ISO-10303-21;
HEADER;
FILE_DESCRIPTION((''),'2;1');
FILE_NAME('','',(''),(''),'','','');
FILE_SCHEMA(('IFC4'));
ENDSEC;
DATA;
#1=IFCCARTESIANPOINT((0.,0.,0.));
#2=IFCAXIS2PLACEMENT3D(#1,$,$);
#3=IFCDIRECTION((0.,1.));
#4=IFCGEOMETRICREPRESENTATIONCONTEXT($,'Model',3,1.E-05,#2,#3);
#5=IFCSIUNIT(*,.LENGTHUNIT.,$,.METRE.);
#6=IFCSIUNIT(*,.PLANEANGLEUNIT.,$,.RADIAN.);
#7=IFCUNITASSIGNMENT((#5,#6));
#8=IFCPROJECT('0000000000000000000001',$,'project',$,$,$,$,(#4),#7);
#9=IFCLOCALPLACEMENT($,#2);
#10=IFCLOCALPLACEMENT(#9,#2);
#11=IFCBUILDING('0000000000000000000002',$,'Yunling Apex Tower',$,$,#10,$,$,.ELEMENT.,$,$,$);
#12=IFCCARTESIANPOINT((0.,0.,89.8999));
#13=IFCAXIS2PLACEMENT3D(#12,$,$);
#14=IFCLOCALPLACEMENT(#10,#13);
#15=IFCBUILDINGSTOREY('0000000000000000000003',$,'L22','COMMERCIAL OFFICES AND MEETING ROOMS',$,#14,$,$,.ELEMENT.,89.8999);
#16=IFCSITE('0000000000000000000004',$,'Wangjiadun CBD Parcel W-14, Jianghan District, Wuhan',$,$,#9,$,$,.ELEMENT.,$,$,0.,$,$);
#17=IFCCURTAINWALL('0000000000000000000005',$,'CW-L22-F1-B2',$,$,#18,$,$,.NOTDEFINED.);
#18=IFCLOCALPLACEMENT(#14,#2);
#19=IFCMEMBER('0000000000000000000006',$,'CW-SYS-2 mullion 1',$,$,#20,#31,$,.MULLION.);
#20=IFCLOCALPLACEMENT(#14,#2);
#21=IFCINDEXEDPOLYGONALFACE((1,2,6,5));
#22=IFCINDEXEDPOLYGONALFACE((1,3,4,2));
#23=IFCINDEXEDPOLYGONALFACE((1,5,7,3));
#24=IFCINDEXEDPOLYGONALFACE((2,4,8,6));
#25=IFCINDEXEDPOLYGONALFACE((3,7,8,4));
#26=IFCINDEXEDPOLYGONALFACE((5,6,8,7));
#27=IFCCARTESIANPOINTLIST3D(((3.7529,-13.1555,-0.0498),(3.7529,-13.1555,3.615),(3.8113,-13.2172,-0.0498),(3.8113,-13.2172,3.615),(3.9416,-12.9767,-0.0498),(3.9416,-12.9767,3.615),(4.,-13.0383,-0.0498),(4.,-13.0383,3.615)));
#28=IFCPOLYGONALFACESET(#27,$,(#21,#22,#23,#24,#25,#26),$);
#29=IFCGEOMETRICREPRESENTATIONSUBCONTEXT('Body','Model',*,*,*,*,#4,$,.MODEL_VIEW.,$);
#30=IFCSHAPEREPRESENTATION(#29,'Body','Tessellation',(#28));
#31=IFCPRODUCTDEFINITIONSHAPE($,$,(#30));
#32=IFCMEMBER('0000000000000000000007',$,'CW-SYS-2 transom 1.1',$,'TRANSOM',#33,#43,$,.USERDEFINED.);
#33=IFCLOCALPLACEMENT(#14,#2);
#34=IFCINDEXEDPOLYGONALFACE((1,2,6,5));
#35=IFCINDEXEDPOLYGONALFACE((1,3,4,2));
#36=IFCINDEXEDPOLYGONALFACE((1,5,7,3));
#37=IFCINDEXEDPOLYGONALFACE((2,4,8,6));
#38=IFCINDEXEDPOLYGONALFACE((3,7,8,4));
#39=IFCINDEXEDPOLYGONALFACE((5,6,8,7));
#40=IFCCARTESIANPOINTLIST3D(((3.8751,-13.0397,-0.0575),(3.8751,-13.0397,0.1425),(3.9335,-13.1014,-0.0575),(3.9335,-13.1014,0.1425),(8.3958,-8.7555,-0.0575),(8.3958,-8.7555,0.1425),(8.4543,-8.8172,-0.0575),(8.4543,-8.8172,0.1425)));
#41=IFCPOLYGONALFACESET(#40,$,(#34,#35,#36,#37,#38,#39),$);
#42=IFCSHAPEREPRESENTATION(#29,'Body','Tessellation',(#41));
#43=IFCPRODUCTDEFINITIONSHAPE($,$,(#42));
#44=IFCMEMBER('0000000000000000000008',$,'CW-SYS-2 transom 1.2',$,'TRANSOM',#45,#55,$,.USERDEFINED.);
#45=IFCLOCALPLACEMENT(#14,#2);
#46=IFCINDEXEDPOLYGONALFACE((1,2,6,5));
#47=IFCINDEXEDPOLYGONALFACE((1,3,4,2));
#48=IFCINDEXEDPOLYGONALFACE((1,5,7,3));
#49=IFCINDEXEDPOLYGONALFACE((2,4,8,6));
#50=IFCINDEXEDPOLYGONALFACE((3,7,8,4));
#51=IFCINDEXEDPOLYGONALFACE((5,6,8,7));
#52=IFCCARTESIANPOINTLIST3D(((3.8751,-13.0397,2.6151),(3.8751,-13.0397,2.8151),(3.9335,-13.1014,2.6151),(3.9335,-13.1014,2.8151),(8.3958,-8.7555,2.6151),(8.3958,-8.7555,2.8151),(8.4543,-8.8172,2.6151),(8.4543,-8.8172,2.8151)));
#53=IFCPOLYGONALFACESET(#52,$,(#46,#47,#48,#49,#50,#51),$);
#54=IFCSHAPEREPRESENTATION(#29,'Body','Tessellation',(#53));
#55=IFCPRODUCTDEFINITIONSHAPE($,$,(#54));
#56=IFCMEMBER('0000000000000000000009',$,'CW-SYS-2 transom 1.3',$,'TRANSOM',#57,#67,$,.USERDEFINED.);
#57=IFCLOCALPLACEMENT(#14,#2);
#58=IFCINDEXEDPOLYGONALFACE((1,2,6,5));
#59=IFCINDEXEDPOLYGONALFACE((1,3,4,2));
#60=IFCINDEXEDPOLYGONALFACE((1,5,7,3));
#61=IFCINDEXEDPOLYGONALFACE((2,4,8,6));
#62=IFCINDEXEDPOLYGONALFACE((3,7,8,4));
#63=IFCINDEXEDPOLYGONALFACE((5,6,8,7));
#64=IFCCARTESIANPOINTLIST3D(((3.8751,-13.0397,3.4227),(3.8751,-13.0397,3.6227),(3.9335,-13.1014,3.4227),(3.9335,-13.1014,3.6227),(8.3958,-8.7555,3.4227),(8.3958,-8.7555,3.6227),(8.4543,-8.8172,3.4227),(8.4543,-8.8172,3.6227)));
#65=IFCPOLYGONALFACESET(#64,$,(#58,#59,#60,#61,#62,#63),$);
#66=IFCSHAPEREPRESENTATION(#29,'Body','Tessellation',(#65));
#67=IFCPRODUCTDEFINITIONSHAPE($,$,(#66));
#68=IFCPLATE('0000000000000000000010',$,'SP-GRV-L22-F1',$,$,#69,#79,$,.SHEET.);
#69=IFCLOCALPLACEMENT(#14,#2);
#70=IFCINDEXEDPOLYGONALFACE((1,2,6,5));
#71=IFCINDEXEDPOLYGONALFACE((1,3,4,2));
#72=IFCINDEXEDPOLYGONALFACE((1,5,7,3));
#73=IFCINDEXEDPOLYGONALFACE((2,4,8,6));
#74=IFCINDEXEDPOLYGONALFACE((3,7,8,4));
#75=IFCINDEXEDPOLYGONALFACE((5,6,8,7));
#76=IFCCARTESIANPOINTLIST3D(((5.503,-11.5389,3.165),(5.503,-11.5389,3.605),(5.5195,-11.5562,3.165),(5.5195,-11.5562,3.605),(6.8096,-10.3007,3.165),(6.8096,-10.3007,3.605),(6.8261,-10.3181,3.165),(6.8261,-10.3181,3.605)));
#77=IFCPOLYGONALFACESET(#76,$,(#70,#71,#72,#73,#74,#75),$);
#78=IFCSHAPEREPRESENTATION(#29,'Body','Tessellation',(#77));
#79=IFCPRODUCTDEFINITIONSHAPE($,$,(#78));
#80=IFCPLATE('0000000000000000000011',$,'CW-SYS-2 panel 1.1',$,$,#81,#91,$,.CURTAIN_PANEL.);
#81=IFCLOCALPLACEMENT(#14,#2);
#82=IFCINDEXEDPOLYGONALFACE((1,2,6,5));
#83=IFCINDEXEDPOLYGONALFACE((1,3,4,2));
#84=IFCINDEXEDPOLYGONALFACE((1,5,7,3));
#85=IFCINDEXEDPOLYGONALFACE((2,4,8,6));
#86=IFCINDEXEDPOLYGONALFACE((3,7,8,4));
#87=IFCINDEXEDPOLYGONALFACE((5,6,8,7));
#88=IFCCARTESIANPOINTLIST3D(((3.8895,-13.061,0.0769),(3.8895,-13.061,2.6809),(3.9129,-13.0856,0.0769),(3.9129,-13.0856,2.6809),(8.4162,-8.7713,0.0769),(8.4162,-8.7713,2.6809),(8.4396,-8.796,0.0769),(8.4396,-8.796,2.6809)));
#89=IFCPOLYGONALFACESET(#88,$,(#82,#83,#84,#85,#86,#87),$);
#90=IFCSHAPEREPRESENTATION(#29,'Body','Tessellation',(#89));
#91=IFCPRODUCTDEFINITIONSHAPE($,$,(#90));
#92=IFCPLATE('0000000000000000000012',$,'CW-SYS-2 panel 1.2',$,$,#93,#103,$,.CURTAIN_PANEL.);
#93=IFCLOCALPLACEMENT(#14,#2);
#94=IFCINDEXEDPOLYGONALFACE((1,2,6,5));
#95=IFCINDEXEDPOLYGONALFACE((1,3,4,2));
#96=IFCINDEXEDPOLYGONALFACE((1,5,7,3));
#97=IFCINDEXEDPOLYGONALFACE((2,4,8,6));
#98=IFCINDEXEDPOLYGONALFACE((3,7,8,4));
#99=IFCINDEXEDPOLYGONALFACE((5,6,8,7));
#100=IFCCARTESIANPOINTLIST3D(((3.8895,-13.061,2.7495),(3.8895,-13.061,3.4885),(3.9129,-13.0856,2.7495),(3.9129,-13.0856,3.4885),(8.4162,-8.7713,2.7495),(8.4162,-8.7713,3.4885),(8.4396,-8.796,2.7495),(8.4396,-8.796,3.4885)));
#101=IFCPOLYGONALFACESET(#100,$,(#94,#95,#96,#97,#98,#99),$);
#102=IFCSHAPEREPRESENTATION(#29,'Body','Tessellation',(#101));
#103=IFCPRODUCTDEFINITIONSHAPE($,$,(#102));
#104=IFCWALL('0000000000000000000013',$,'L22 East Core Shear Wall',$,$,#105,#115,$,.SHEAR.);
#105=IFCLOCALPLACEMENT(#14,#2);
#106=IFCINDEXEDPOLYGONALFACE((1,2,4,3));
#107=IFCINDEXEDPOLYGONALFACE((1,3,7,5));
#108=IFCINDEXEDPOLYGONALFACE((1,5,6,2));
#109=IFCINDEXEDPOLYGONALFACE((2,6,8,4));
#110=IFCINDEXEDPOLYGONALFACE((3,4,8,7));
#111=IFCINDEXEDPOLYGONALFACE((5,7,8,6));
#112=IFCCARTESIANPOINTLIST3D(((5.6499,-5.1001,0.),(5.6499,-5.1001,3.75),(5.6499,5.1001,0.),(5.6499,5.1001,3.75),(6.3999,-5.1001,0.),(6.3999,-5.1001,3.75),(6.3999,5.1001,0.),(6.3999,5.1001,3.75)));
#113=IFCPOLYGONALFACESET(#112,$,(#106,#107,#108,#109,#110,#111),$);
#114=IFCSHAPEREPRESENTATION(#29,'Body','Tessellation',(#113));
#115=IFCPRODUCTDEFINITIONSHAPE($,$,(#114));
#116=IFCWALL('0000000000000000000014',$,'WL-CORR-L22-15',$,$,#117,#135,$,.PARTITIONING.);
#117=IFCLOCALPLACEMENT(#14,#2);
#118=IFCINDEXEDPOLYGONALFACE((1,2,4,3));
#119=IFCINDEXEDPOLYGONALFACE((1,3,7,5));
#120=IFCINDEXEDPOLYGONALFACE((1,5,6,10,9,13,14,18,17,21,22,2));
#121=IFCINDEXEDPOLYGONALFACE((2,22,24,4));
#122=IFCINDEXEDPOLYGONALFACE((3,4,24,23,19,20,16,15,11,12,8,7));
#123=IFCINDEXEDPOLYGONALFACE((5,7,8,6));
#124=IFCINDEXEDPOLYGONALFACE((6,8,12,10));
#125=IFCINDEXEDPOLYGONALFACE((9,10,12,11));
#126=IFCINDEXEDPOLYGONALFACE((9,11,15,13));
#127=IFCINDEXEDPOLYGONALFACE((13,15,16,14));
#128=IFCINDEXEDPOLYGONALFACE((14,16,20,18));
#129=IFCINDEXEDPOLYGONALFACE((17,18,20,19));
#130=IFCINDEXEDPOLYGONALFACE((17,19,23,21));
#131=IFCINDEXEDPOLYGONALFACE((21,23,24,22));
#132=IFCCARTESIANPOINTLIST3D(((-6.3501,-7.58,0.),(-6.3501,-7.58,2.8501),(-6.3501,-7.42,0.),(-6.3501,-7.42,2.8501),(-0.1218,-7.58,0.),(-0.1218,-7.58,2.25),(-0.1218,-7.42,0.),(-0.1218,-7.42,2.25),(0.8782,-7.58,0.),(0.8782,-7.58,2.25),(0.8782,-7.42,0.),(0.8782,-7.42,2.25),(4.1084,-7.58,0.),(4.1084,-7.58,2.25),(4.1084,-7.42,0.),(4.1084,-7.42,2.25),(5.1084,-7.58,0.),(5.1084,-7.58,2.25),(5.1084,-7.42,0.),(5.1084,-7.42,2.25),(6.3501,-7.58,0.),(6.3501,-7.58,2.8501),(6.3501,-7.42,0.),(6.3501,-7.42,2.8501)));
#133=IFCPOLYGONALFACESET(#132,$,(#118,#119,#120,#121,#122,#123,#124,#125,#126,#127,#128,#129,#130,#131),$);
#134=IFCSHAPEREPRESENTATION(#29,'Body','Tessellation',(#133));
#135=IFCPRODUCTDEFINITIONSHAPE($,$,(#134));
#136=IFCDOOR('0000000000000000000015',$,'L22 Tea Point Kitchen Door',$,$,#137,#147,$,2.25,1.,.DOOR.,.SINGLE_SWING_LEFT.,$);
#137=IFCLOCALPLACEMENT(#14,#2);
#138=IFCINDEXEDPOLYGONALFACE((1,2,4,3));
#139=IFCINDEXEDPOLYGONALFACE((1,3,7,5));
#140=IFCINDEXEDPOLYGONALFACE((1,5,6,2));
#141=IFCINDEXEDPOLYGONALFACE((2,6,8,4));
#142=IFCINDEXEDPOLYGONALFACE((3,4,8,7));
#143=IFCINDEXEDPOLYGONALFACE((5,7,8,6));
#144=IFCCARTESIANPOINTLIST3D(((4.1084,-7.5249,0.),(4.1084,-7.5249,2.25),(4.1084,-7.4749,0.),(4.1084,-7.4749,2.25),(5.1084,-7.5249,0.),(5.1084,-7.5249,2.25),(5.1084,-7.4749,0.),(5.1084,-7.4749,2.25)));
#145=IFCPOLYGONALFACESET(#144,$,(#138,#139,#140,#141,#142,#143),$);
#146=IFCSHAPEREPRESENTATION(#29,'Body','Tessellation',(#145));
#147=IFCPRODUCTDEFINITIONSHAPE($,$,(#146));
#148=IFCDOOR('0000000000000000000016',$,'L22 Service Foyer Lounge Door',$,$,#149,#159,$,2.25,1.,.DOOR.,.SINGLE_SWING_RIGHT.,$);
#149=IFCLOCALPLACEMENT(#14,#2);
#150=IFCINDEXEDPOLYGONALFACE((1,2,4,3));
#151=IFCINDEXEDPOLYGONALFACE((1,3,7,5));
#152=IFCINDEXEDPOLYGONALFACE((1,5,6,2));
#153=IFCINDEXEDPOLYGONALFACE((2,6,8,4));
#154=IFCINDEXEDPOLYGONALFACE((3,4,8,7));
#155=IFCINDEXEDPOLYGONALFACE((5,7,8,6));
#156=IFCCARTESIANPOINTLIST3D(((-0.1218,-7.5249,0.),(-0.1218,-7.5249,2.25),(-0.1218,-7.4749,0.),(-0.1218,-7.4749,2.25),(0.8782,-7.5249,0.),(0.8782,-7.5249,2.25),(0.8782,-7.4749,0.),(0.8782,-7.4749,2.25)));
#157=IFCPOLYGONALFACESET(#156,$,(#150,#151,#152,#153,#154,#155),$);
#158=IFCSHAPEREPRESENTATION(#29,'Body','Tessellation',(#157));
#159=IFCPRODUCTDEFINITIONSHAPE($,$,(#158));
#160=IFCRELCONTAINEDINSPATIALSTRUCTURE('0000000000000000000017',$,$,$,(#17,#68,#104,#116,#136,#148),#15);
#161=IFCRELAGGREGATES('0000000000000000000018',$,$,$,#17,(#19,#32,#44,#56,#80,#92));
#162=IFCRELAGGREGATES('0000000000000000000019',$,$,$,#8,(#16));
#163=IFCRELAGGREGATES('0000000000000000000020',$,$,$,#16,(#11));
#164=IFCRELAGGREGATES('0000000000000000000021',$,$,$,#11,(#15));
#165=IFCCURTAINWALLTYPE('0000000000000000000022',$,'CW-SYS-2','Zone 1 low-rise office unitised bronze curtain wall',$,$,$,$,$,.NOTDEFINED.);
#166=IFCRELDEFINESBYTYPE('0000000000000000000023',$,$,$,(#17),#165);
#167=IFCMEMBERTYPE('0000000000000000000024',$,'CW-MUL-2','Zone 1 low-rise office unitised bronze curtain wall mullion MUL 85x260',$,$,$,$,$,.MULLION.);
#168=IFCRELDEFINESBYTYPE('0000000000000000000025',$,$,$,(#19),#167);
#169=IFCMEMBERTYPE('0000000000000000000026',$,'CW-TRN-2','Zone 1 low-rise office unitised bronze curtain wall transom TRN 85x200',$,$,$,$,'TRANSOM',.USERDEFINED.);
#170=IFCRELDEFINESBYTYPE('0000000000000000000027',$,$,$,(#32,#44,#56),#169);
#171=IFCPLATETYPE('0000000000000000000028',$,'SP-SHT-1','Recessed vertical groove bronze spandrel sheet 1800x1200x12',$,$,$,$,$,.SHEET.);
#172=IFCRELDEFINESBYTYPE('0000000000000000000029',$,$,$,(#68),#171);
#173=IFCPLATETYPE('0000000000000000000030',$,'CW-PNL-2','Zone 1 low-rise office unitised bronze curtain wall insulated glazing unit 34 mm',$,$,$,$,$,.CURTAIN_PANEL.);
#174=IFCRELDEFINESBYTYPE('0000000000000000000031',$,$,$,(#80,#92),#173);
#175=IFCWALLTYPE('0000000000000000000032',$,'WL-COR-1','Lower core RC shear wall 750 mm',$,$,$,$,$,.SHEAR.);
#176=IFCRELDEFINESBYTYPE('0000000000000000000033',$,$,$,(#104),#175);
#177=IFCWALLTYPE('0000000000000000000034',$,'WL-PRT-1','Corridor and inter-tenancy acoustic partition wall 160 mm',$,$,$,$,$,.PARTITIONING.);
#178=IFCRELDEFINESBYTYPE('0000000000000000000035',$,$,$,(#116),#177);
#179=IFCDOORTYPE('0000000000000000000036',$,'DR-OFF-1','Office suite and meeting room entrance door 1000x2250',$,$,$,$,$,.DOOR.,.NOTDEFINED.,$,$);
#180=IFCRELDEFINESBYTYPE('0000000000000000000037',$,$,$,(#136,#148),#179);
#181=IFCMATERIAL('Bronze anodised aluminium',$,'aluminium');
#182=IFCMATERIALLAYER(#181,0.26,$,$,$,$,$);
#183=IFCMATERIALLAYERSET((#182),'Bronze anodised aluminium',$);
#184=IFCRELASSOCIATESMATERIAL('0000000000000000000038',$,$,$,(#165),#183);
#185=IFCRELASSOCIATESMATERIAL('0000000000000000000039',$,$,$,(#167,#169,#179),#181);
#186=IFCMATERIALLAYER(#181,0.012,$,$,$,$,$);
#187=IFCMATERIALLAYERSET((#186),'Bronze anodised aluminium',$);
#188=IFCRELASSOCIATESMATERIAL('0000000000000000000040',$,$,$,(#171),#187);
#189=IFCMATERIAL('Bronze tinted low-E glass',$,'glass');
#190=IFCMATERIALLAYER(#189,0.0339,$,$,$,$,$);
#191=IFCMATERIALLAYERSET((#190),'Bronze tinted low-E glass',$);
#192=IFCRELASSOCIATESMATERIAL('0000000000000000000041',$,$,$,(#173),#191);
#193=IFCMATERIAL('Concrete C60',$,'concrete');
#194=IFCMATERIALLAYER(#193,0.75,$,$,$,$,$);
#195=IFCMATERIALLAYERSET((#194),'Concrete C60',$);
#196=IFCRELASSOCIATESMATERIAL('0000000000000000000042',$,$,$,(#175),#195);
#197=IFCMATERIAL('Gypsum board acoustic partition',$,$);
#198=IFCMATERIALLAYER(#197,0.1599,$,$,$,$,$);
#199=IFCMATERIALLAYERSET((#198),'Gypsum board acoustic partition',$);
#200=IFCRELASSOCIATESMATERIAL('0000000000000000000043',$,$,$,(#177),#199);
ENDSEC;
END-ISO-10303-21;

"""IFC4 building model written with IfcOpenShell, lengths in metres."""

from ifc_helpers import new_model, si_unit, direction, frame, frame_2d, origin, origin_2d, place, context, subcontext, project, spatial, rectangle, extrude, source, transform, mapped, material, layer, layer_set, material_profile, profile_set, type_object, element, fill, aggregate, save


model = new_model("IFC4")

# Units and contexts
model_context = context("Model", 3, precision=1e-05, world=origin(), true_north=direction((0.0, 1.0)))
body_context = subcontext(model_context, "Body", "Model", "MODEL_VIEW")
ifc_project = project(units=[si_unit("LENGTHUNIT", "METRE"), si_unit("PLANEANGLEUNIT", "RADIAN")], contexts=[model_context])

# Site, building, storey
site_placement = place(None, origin())
site = spatial("IfcSite", under=ifc_project, at=site_placement, Name="Wangjiadun CBD Parcel W-14, Jianghan District, Wuhan", CompositionType="ELEMENT", RefElevation=0.0)
building_placement = place(site_placement, origin())
building = spatial("IfcBuilding", under=site, at=building_placement, Name="Yunling Apex Tower", CompositionType="ELEMENT")
storey_placement = place(building_placement, frame((0.0, 0.0, 89.8999)))
storey = spatial("IfcBuildingStorey", under=building, at=storey_placement, Name="L22", Description="COMMERCIAL OFFICES AND MEETING ROOMS", CompositionType="ELEMENT", Elevation=89.8999)

# Shared definitions
ifc_material_1 = material(Name="Concrete C60", Category="concrete")

# Shared definitions
ifc_material_2 = material(Name="Bronze anodised aluminium", Category="aluminium")
ifc_layer_1 = layer(ifc_material_2, 0.26)
ifc_layer_set_1 = layer_set([ifc_layer_1], Name="Bronze anodised aluminium")
curtain_wall_type = type_object("IfcCurtainWallType", Name="CW-SYS-2", Description="Zone 1 low-rise office unitised bronze curtain wall", PredefinedType="NOTDEFINED", material=ifc_layer_set_1)
ifc_material_profile_1 = material_profile(ifc_material_2, rectangle(XDim=0.085, YDim=0.26, at=origin_2d()))
ifc_profile_set_1 = profile_set([ifc_material_profile_1], Name="Bronze anodised aluminium")
member_type_1 = type_object("IfcMemberType", Name="CW-MUL-2", Description="Zone 1 low-rise office unitised bronze curtain wall mullion MUL 85x260", PredefinedType="MULLION", material=ifc_profile_set_1)
shared_shape_1 = source(origin(), body_context, "Body", "SweptSolid", [
    extrude(rectangle(XDim=0.085, YDim=0.26, at=origin_2d()), origin(), (0.0, 0.0, 1.0), 3.6648),
])

# Curtain wall, members
curtain_wall_1_placement = place(storey_placement, origin())
curtain_wall_1 = element("IfcCurtainWall", 1, at=curtain_wall_1_placement, inside=storey, type_object=curtain_wall_type, Name="CW-L22-F1-B2", PredefinedType="NOTDEFINED")
member_1_placement = place(storey_placement, frame((3.8765, -13.0969, -0.0498), z_axis=(0.0, 0.0, 1.0), x_axis=(-0.687844, 0.725858, 0.0)))
member_1 = element("IfcMember", 2, at=member_1_placement, type_object=member_type_1, Name="CW-SYS-2 mullion 1", PredefinedType="MULLION", context=body_context, shape_type="MappedRepresentation", body=[
    mapped(shared_shape_1, transform((0.0, 0.0, 0.0), scale=1.0)),
])
ifc_material_profile_2 = material_profile(ifc_material_2, rectangle(XDim=0.085, YDim=0.2, at=origin_2d()))
ifc_profile_set_2 = profile_set([ifc_material_profile_2], Name="Bronze anodised aluminium")
member_type_2 = type_object("IfcMemberType", Name="CW-TRN-2", Description="Zone 1 low-rise office unitised bronze curtain wall transom TRN 85x200", ElementType="TRANSOM", PredefinedType="USERDEFINED", material=ifc_profile_set_2)
shared_shape_2 = source(origin(), body_context, "Body", "SweptSolid", [
    extrude(rectangle(XDim=0.085, YDim=0.2, at=origin_2d()), origin(), (0.0, 0.0, 1.0), 6.2283),
])
member_2_placement = place(storey_placement, frame((3.9043, -13.0706, 0.0425), z_axis=(0.725843, 0.68786, 0.0), x_axis=(-0.68786, 0.725843, 0.0)))
member_2 = element("IfcMember", 3, at=member_2_placement, type_object=member_type_2, Name="CW-SYS-2 transom 1.1", ObjectType="TRANSOM", PredefinedType="USERDEFINED", context=body_context, shape_type="MappedRepresentation", body=[
    mapped(shared_shape_2, transform((0.0, 0.0, 0.0), scale=1.0)),
])
member_3_placement = place(storey_placement, frame((3.9043, -13.0706, 2.7151), z_axis=(0.725843, 0.68786, 0.0), x_axis=(-0.68786, 0.725843, 0.0)))
member_3 = element("IfcMember", 4, at=member_3_placement, type_object=member_type_2, Name="CW-SYS-2 transom 1.2", ObjectType="TRANSOM", PredefinedType="USERDEFINED", context=body_context, shape_type="MappedRepresentation", body=[
    mapped(shared_shape_2, transform((0.0, 0.0, 0.0), scale=1.0)),
])
member_4_placement = place(storey_placement, frame((3.9043, -13.0706, 3.5227), z_axis=(0.725843, 0.68786, 0.0), x_axis=(-0.68786, 0.725843, 0.0)))
member_4 = element("IfcMember", 5, at=member_4_placement, type_object=member_type_2, Name="CW-SYS-2 transom 1.3", ObjectType="TRANSOM", PredefinedType="USERDEFINED", context=body_context, shape_type="MappedRepresentation", body=[
    mapped(shared_shape_2, transform((0.0, 0.0, 0.0), scale=1.0)),
])

# Plates
ifc_layer_2 = layer(ifc_material_2, 0.012)
ifc_layer_set_2 = layer_set([ifc_layer_2], Name="Bronze anodised aluminium")
plate_type_1 = type_object("IfcPlateType", Name="SP-SHT-1", Description="Recessed vertical groove bronze spandrel sheet 1800x1200x12", PredefinedType="SHEET", material=ifc_layer_set_2)
shared_shape_3 = source(origin(), body_context, "Body", "SweptSolid", [
    extrude(rectangle(XDim=1.8, YDim=0.0239, at=origin_2d()), origin(), (0.0, 0.0, 1.0), 0.4399),
])
plate_1_placement = place(storey_placement, frame((6.1646, -10.9285, 3.165), z_axis=(0.0, 0.0, 1.0), x_axis=(0.725855, 0.687848, 0.0)))
element("IfcPlate", 6, at=plate_1_placement, inside=storey, type_object=plate_type_1, Name="SP-GRV-L22-F1", PredefinedType="SHEET", context=body_context, shape_type="MappedRepresentation", body=[
    mapped(shared_shape_3, transform((0.0, 0.0, 0.0), scale=1.0)),
])
ifc_material_3 = material(Name="Bronze tinted low-E glass", Category="glass")
ifc_layer_3 = layer(ifc_material_3, 0.0339)
ifc_layer_set_3 = layer_set([ifc_layer_3], Name="Bronze tinted low-E glass")
plate_type_2 = type_object("IfcPlateType", Name="CW-PNL-2", Description="Zone 1 low-rise office unitised bronze curtain wall insulated glazing unit 34 mm", PredefinedType="CURTAIN_PANEL", material=ifc_layer_set_3)
shared_shape_4 = source(origin(), body_context, "Body", "SweptSolid", [
    extrude(rectangle(XDim=6.2363, YDim=0.0339, at=origin_2d()), origin(), (0.0, 0.0, 1.0), 2.604),
])
plate_2_placement = place(storey_placement, frame((6.1646, -10.9285, 0.0769), z_axis=(0.0, 0.0, 1.0), x_axis=(0.725858, 0.687844, 0.0)))
plate_2 = element("IfcPlate", 7, at=plate_2_placement, type_object=plate_type_2, Name="CW-SYS-2 panel 1.1", PredefinedType="CURTAIN_PANEL", context=body_context, shape_type="MappedRepresentation", body=[
    mapped(shared_shape_4, transform((0.0, 0.0, 0.0), scale=1.0)),
])
shared_shape_5 = source(origin(), body_context, "Body", "SweptSolid", [
    extrude(rectangle(XDim=6.2363, YDim=0.0339, at=origin_2d()), origin(), (0.0, 0.0, 1.0), 0.739),
])
plate_3_placement = place(storey_placement, frame((6.1646, -10.9285, 2.7495), z_axis=(0.0, 0.0, 1.0), x_axis=(0.725858, 0.687844, 0.0)))
plate_3 = element("IfcPlate", 8, at=plate_3_placement, type_object=plate_type_2, Name="CW-SYS-2 panel 1.2", PredefinedType="CURTAIN_PANEL", context=body_context, shape_type="MappedRepresentation", body=[
    mapped(shared_shape_5, transform((0.0, 0.0, 0.0), scale=1.0)),
])
aggregate(curtain_wall_1, [member_1, member_2, member_3, member_4, plate_2, plate_3])

# Wall
ifc_layer_4 = layer(ifc_material_1, 0.75)
ifc_layer_set_4 = layer_set([ifc_layer_4], Name="Concrete C60")
wall_type_1 = type_object("IfcWallType", Name="WL-COR-1", Description="Lower core RC shear wall 750 mm", PredefinedType="SHEAR", material=ifc_layer_set_4)
wall_1_placement = place(storey_placement, frame((6.0249, -5.1001, 0.0), z_axis=(0.0, 0.0, 1.0), x_axis=(0.0, 1.0, 0.0)))
element("IfcWall", 9, at=wall_1_placement, inside=storey, type_object=wall_type_1, Name="L22 East Core Shear Wall", PredefinedType="SHEAR", context=body_context, shape_type="SweptSolid", body=[
    extrude(rectangle(XDim=10.2002, YDim=0.75, at=frame_2d((5.1001, 0.0))), origin(), (0.0, 0.0, 1.0), 3.75),
])

# Wall, openings, doors
ifc_material_4 = material(Name="Gypsum board acoustic partition")
ifc_layer_5 = layer(ifc_material_4, 0.1599)
ifc_layer_set_5 = layer_set([ifc_layer_5], Name="Gypsum board acoustic partition")
wall_type_2 = type_object("IfcWallType", Name="WL-PRT-1", Description="Corridor and inter-tenancy acoustic partition wall 160 mm", PredefinedType="PARTITIONING", material=ifc_layer_set_5)
wall_2_placement = place(storey_placement, frame((6.3501, -7.5, 0.0), z_axis=(0.0, 0.0, 1.0), x_axis=(-1.0, 0.0, 0.0)))
wall_2 = element("IfcWall", 10, at=wall_2_placement, inside=storey, type_object=wall_type_2, Name="WL-CORR-L22-15", PredefinedType="PARTITIONING", context=body_context, shape_type="SweptSolid", body=[
    extrude(rectangle(XDim=12.7002, YDim=0.1599, at=frame_2d((6.3501, 0.0))), origin(), (0.0, 0.0, 1.0), 2.8501),
])
opening_1_placement = place(wall_2_placement, frame((1.2417, 0.0, 0.0)))
opening_1 = element("IfcOpeningElement", 11, at=opening_1_placement, cuts=wall_2, PredefinedType="OPENING", context=body_context, shape_type="SweptSolid", body=[
    extrude(rectangle(XDim=1.0, YDim=2.25, at=frame_2d((0.5, 1.125))), frame((0.0, 0.0898, 0.0), z_axis=(0.0, -1.0, 0.0), x_axis=(1.0, 0.0, 0.0)), (0.0, 0.0, 1.0), 0.1799),
])
opening_2_placement = place(wall_2_placement, frame((5.4719, 0.0, 0.0)))
opening_2 = element("IfcOpeningElement", 12, at=opening_2_placement, cuts=wall_2, PredefinedType="OPENING", context=body_context, shape_type="SweptSolid", body=[
    extrude(rectangle(XDim=1.0, YDim=2.25, at=frame_2d((0.5, 1.125))), frame((0.0, 0.0898, 0.0), z_axis=(0.0, -1.0, 0.0), x_axis=(1.0, 0.0, 0.0)), (0.0, 0.0, 1.0), 0.1799),
])
door_type_1 = type_object("IfcDoorType", Name="DR-OFF-1", Description="Office suite and meeting room entrance door 1000x2250", OperationType="NOTDEFINED", PredefinedType="DOOR", material=ifc_material_2)
door_1_placement = place(opening_1_placement, origin())
door_1 = element("IfcDoor", 13, at=door_1_placement, inside=storey, type_object=door_type_1, Name="L22 Tea Point Kitchen Door", OperationType="SINGLE_SWING_LEFT", OverallHeight=2.25, OverallWidth=1.0, PredefinedType="DOOR", context=body_context, shape_type="SweptSolid", body=[
    extrude(rectangle(XDim=1.0, YDim=2.25, at=frame_2d((0.5, 1.125))), frame((0.0, 0.0249, 0.0), z_axis=(0.0, -1.0, 0.0), x_axis=(1.0, 0.0, 0.0)), (0.0, 0.0, 1.0), 0.05),
])
fill(opening_1, door_1)
door_2_placement = place(opening_2_placement, origin())
door_2 = element("IfcDoor", 14, at=door_2_placement, inside=storey, type_object=door_type_1, Name="L22 Service Foyer Lounge Door", OperationType="SINGLE_SWING_RIGHT", OverallHeight=2.25, OverallWidth=1.0, PredefinedType="DOOR", context=body_context, shape_type="SweptSolid", body=[
    extrude(rectangle(XDim=1.0, YDim=2.25, at=frame_2d((0.5, 1.125))), frame((0.0, 0.0249, 0.0), z_axis=(0.0, -1.0, 0.0), x_axis=(1.0, 0.0, 0.0)), (0.0, 0.0, 1.0), 0.05),
])
fill(opening_2, door_2)

save(model, "model.ifc")
